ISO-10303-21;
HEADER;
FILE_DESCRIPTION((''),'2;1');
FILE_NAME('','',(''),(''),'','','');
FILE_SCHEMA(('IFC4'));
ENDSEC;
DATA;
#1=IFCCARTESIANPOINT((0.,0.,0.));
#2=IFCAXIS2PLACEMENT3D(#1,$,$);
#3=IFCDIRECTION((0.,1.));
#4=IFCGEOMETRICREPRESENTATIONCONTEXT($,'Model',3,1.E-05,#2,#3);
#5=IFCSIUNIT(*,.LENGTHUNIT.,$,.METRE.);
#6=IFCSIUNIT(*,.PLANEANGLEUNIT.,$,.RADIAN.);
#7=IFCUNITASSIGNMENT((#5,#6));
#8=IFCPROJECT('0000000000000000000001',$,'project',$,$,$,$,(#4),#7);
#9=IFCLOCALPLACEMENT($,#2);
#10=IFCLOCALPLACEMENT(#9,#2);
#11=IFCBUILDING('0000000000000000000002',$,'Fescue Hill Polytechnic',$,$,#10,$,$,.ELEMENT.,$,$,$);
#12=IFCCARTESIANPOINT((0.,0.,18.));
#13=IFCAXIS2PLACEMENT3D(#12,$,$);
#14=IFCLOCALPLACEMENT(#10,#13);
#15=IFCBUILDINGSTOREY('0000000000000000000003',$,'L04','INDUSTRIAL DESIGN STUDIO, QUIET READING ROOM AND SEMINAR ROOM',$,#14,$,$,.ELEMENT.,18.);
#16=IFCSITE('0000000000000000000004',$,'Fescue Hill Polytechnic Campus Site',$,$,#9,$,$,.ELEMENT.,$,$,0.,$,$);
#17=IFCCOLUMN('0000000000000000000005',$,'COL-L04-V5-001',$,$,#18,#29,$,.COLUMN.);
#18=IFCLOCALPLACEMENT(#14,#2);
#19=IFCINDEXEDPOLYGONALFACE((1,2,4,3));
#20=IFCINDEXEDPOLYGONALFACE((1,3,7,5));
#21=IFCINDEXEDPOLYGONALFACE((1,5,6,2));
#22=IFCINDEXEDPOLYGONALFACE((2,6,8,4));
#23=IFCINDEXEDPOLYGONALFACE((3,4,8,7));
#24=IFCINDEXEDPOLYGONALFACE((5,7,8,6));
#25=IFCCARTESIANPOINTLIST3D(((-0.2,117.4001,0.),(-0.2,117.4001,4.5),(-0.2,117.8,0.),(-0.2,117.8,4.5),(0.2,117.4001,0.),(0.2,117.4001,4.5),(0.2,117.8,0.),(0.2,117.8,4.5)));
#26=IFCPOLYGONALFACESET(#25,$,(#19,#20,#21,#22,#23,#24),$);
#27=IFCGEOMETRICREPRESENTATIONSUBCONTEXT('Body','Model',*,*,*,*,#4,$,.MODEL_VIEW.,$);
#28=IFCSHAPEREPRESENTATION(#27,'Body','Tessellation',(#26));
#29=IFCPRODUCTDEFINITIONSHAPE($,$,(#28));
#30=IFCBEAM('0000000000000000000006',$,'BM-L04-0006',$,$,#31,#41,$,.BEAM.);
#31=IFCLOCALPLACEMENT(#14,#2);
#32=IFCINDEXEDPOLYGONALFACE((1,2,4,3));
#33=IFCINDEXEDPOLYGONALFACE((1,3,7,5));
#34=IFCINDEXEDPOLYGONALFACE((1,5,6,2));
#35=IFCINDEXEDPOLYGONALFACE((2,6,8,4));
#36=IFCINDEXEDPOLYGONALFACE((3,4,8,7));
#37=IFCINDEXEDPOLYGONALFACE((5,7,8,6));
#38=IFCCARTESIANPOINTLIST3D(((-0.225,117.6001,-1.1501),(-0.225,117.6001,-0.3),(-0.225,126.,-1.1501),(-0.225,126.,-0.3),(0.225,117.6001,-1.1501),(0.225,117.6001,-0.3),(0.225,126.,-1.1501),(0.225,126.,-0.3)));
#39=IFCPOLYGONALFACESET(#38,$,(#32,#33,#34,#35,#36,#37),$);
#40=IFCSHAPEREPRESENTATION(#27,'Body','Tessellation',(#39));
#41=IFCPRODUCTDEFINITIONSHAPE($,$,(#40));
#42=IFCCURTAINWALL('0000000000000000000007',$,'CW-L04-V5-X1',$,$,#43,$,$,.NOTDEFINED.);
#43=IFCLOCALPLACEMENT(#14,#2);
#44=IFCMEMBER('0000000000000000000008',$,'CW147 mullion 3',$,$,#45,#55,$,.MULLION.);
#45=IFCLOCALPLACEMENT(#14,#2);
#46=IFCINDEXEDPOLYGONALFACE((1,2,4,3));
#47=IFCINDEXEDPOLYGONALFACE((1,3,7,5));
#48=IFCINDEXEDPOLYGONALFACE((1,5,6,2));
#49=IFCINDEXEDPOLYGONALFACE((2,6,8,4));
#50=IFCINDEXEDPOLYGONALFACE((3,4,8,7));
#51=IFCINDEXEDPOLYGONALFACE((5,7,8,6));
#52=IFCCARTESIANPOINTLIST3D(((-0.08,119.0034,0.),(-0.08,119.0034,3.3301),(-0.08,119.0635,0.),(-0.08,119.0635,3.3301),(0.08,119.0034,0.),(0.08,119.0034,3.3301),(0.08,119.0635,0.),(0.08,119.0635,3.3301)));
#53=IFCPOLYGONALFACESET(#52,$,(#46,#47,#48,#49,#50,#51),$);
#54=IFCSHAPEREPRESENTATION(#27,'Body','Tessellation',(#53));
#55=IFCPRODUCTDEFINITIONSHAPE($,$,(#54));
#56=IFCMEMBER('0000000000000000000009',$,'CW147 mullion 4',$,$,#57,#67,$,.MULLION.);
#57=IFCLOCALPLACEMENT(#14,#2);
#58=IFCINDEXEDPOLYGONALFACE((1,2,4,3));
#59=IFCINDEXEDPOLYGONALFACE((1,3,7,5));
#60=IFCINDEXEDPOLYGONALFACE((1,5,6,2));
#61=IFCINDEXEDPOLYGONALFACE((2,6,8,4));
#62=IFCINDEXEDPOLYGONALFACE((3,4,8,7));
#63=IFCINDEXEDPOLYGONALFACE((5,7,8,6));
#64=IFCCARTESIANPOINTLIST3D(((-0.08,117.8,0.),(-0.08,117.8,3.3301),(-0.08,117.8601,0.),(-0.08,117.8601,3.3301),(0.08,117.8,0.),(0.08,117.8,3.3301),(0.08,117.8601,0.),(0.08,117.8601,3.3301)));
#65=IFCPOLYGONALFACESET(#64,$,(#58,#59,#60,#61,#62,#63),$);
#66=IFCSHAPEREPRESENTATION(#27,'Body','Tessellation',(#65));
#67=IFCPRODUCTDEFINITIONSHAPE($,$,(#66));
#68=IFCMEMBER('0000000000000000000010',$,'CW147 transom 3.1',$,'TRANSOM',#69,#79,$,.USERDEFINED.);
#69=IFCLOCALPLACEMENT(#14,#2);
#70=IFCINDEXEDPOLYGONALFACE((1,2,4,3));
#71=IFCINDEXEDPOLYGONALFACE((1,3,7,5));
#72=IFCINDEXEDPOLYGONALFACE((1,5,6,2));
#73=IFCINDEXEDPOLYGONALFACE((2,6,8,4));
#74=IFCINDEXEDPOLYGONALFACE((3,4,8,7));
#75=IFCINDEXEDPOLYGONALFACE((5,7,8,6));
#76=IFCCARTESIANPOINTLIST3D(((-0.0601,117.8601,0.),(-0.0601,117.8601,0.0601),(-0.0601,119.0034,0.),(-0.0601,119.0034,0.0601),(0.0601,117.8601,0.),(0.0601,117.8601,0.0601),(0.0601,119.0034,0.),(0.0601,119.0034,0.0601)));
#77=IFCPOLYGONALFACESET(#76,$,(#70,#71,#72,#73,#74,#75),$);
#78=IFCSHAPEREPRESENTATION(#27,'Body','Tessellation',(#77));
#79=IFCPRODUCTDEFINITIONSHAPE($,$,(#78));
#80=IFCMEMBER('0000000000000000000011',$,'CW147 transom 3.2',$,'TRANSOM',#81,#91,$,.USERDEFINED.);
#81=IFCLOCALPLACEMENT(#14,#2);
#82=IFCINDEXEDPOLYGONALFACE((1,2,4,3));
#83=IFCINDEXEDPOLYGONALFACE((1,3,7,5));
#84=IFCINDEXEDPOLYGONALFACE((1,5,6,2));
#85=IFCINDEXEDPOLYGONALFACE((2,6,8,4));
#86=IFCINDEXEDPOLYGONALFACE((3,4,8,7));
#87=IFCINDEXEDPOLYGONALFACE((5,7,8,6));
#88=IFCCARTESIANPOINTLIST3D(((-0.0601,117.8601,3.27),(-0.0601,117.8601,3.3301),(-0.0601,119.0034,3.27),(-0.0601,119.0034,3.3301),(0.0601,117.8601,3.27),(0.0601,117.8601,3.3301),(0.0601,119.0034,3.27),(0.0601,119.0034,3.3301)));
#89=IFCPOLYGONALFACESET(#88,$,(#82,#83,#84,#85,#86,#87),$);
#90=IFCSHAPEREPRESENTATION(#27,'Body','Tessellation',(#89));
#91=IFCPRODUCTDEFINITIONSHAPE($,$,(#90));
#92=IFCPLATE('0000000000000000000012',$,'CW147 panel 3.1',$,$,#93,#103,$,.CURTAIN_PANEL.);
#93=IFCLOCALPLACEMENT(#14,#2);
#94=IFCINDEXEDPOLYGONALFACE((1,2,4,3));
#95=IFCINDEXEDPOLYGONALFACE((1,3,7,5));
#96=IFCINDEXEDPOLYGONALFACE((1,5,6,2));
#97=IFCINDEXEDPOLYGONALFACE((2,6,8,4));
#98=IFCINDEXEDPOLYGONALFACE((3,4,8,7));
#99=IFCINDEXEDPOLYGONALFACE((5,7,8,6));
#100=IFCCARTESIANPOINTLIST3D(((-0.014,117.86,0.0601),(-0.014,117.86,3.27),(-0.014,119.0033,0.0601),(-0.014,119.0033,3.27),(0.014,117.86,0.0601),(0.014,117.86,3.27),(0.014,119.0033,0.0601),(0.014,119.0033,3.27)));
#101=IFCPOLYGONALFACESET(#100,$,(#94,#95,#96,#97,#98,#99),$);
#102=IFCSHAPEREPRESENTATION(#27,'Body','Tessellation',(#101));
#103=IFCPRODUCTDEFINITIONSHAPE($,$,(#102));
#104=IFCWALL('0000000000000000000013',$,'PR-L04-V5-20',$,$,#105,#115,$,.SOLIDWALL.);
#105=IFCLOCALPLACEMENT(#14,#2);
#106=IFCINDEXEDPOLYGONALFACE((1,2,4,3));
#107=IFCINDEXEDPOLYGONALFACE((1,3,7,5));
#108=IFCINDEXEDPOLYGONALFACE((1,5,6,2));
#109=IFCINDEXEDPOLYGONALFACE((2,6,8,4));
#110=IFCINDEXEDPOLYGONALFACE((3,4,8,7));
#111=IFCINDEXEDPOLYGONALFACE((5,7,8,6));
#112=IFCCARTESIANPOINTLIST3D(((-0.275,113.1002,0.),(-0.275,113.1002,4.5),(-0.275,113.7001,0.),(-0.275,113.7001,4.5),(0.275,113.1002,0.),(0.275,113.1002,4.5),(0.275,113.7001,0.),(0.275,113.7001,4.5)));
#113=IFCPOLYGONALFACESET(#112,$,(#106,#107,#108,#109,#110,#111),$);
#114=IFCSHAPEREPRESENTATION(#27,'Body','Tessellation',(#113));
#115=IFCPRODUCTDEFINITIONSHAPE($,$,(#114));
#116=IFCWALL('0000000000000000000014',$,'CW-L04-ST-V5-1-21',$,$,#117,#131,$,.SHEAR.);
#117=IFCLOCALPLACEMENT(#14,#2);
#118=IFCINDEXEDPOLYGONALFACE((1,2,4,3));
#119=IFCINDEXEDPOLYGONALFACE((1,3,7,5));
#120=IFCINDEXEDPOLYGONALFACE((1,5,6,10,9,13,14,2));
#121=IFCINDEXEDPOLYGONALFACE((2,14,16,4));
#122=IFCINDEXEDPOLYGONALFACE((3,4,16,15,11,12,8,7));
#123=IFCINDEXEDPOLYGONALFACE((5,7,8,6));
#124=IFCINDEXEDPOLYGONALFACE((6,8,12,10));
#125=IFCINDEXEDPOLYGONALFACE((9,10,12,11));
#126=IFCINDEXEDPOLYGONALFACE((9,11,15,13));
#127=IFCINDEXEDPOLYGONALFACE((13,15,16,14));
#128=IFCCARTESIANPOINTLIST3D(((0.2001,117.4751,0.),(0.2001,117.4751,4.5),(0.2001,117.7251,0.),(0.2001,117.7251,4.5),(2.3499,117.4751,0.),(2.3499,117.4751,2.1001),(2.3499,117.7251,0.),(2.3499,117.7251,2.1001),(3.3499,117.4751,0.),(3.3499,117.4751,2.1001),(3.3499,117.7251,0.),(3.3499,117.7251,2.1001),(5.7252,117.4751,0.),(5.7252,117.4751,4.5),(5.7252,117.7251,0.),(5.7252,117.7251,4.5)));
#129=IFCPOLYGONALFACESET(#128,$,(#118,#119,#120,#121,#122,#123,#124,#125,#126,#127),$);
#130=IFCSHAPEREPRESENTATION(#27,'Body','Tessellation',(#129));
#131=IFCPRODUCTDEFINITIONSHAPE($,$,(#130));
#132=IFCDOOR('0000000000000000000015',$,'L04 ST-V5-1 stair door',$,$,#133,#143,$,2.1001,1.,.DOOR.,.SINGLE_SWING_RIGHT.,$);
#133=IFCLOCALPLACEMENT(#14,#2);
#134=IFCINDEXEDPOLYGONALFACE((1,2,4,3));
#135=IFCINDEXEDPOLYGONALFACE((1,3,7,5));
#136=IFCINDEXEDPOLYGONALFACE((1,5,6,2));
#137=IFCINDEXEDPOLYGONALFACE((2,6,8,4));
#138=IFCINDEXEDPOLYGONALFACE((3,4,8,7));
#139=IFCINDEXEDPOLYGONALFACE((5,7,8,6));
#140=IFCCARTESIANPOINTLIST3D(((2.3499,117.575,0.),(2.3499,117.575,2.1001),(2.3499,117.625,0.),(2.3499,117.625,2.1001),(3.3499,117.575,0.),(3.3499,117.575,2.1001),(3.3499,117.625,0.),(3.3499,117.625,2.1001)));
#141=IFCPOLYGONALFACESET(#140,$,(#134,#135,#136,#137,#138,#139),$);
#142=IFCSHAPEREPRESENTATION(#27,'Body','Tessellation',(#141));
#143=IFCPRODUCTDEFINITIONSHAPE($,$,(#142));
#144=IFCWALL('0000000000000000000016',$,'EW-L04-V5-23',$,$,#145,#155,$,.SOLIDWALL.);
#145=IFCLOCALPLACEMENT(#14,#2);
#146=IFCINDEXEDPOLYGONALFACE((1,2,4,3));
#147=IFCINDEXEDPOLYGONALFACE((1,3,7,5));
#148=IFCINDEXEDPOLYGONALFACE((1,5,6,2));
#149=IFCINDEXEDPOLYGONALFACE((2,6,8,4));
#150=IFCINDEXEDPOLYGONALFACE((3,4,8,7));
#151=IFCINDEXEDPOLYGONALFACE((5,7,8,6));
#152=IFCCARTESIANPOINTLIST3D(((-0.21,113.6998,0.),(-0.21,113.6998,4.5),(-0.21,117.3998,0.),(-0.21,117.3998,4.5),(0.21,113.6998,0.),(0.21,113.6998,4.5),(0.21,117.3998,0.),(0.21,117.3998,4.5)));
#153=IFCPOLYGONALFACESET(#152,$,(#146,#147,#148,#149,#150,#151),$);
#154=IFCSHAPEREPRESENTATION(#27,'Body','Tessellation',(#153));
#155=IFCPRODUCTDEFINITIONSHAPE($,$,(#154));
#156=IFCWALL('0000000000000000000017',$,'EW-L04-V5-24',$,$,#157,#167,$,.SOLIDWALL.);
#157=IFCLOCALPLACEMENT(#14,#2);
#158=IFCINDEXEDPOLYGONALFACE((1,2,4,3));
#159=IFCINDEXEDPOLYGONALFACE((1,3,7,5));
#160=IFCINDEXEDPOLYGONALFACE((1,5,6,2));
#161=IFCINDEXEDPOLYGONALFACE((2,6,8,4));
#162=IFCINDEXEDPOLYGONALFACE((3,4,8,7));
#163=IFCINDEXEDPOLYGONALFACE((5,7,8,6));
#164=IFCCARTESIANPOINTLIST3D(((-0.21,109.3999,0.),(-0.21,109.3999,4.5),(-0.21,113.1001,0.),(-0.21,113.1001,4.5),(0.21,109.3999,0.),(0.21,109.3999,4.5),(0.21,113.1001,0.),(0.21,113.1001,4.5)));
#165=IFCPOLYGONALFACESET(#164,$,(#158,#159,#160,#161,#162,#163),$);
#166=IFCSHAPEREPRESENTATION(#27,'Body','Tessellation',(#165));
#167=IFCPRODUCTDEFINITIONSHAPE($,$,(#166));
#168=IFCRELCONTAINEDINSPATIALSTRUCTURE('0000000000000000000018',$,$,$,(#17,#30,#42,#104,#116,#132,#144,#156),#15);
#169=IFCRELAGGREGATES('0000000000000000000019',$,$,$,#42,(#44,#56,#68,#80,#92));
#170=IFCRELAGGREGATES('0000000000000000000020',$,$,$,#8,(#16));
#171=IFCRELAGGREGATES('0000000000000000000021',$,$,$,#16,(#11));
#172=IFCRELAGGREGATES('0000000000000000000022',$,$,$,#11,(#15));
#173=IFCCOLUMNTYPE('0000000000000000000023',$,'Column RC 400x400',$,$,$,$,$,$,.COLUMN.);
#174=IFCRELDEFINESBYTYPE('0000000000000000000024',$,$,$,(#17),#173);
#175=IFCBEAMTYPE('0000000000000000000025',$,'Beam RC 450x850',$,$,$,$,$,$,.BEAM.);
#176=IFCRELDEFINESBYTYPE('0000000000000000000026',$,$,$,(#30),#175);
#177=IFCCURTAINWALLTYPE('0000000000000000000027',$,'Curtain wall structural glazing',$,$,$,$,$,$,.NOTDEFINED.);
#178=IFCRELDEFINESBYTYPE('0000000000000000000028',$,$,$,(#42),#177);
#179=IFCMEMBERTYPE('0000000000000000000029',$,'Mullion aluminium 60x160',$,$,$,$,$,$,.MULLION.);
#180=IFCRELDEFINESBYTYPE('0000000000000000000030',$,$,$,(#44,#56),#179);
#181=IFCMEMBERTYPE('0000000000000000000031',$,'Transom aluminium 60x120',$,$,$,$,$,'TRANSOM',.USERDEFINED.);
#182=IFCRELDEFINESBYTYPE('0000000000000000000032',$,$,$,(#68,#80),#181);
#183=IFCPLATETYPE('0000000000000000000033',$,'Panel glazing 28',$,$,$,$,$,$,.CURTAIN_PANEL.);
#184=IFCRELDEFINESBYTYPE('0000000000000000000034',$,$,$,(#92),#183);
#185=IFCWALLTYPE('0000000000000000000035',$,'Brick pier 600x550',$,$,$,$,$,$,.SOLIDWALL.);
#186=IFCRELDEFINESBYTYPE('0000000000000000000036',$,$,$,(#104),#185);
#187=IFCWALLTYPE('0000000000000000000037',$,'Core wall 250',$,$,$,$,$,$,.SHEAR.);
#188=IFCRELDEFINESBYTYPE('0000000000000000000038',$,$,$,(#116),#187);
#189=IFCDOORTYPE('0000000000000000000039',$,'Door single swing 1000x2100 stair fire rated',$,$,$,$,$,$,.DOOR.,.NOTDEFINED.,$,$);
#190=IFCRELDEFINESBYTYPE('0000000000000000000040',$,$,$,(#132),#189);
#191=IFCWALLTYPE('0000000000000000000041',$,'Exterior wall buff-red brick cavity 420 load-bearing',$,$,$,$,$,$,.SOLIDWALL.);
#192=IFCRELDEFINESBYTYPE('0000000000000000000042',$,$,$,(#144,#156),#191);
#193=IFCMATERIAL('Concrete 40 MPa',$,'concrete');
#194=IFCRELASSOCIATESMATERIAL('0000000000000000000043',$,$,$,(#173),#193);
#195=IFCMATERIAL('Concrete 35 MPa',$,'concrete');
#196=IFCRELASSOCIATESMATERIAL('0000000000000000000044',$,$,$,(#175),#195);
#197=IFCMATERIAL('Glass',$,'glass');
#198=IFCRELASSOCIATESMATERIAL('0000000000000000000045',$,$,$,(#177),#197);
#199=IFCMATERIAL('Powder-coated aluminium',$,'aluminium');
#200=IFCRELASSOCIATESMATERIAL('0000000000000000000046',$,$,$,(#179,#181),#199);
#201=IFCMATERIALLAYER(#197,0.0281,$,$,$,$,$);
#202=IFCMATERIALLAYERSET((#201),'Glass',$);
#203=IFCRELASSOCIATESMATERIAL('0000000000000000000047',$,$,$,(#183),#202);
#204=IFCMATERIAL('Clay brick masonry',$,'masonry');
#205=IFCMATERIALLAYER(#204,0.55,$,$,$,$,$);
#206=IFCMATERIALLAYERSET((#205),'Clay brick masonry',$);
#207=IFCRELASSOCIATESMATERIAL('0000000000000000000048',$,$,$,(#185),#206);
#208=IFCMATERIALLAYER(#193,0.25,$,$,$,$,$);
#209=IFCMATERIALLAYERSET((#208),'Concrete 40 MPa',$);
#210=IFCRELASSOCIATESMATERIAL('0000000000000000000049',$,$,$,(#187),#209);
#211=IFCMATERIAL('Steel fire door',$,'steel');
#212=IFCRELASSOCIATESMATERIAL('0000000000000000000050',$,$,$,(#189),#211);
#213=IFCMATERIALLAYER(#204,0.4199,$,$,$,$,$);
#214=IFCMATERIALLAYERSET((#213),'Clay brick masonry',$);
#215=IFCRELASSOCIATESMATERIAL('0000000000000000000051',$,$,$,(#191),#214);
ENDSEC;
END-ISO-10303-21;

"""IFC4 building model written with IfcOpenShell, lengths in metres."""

from ifc_helpers import new_model, si_unit, direction, frame, frame_2d, origin, origin_2d, place, context, subcontext, project, spatial, rectangle, extrude, material, layer, layer_set, material_profile, profile_set, type_object, element, fill, aggregate, save


model = new_model("IFC4")

# Units and contexts
model_context = context("Model", 3, precision=1e-05, world=origin(), true_north=direction((0.0, 1.0)))
body_context = subcontext(model_context, "Body", "Model", "MODEL_VIEW")
ifc_project = project(units=[si_unit("LENGTHUNIT", "METRE"), si_unit("PLANEANGLEUNIT", "RADIAN")], contexts=[model_context])

# Site, building, storey
site_placement = place(None, origin())
site = spatial("IfcSite", under=ifc_project, at=site_placement, Name="Fescue Hill Polytechnic Campus Site", CompositionType="ELEMENT", RefElevation=0.0)
building_placement = place(site_placement, origin())
building = spatial("IfcBuilding", under=site, at=building_placement, Name="Fescue Hill Polytechnic", CompositionType="ELEMENT")
storey_placement = place(building_placement, frame((0.0, 0.0, 18.0)))
storey = spatial("IfcBuildingStorey", under=building, at=storey_placement, Name="L04", Description="INDUSTRIAL DESIGN STUDIO, QUIET READING ROOM AND SEMINAR ROOM", CompositionType="ELEMENT", Elevation=18.0)

# Column
ifc_material_1 = material(Name="Concrete 40 MPa", Category="concrete")
ifc_material_profile_1 = material_profile(ifc_material_1, rectangle(XDim=0.3999, YDim=0.3999, at=origin_2d()), Name="RC 400x400")
ifc_profile_set_1 = profile_set([ifc_material_profile_1], Name="Concrete 40 MPa")
column_type = type_object("IfcColumnType", Name="Column RC 400x400", PredefinedType="COLUMN", material=ifc_profile_set_1)
column_placement = place(storey_placement, frame((0.0, 117.6001, 0.0), z_axis=(0.0, 0.0, 1.0), x_axis=(1.0, 0.0, 0.0)))
element("IfcColumn", 1, at=column_placement, inside=storey, type_object=column_type, Name="COL-L04-V5-001", PredefinedType="COLUMN", context=body_context, shape_type="SweptSolid", body=[
    extrude(rectangle(XDim=0.3999, YDim=0.3999, at=origin_2d()), origin(), (0.0, 0.0, 1.0), 4.5),
])

# Beam
ifc_material_2 = material(Name="Concrete 35 MPa", Category="concrete")
ifc_material_profile_2 = material_profile(ifc_material_2, rectangle(XDim=0.45, YDim=0.8501, at=origin_2d()), Name="RC 450x850")
ifc_profile_set_2 = profile_set([ifc_material_profile_2], Name="Concrete 35 MPa")
beam_type = type_object("IfcBeamType", Name="Beam RC 450x850", PredefinedType="BEAM", material=ifc_profile_set_2)
beam_placement = place(storey_placement, frame((0.0, 117.6001, -0.7251), z_axis=(0.0, 1.0, 0.0), x_axis=(-1.0, 0.0, 0.0)))
element("IfcBeam", 2, at=beam_placement, inside=storey, type_object=beam_type, Name="BM-L04-0006", PredefinedType="BEAM", context=body_context, shape_type="SweptSolid", body=[
    extrude(rectangle(XDim=0.45, YDim=0.8501, at=origin_2d()), origin(), (0.0, 0.0, 1.0), 8.3999),
])

# Curtain wall, members, plate
ifc_material_3 = material(Name="Glass", Category="glass")
curtain_wall_type = type_object("IfcCurtainWallType", Name="Curtain wall structural glazing", PredefinedType="NOTDEFINED", material=ifc_material_3)
curtain_wall_placement = place(storey_placement, origin())
curtain_wall = element("IfcCurtainWall", 3, at=curtain_wall_placement, inside=storey, type_object=curtain_wall_type, Name="CW-L04-V5-X1", PredefinedType="NOTDEFINED")
ifc_material_4 = material(Name="Powder-coated aluminium", Category="aluminium")
ifc_material_profile_3 = material_profile(ifc_material_4, rectangle(XDim=0.1599, YDim=0.0601, at=origin_2d()), Name="Mullion aluminium 60x160")
ifc_profile_set_3 = profile_set([ifc_material_profile_3], Name="Powder-coated aluminium")
member_type_1 = type_object("IfcMemberType", Name="Mullion aluminium 60x160", PredefinedType="MULLION", material=ifc_profile_set_3)
member_1_placement = place(storey_placement, frame((0.0, 119.0334, 0.0), z_axis=(0.0, 0.0, 1.0), x_axis=(1.0, 0.0, 0.0)))
member_1 = element("IfcMember", 4, at=member_1_placement, type_object=member_type_1, Name="CW147 mullion 3", PredefinedType="MULLION", context=body_context, shape_type="SweptSolid", body=[
    extrude(rectangle(XDim=0.1599, YDim=0.0601, at=origin_2d()), origin(), (0.0, 0.0, 1.0), 3.3301),
])
member_2_placement = place(storey_placement, frame((0.0, 117.8301, 0.0), z_axis=(0.0, 0.0, 1.0), x_axis=(1.0, 0.0, 0.0)))
member_2 = element("IfcMember", 5, at=member_2_placement, type_object=member_type_1, Name="CW147 mullion 4", PredefinedType="MULLION", context=body_context, shape_type="SweptSolid", body=[
    extrude(rectangle(XDim=0.1599, YDim=0.0601, at=origin_2d()), origin(), (0.0, 0.0, 1.0), 3.3301),
])
ifc_material_profile_4 = material_profile(ifc_material_4, rectangle(XDim=0.1201, YDim=0.0601, at=origin_2d()), Name="Transom aluminium 60x120")
ifc_profile_set_4 = profile_set([ifc_material_profile_4], Name="Powder-coated aluminium")
member_type_2 = type_object("IfcMemberType", Name="Transom aluminium 60x120", ElementType="TRANSOM", PredefinedType="USERDEFINED", material=ifc_profile_set_4)
member_3_placement = place(storey_placement, frame((0.0, 119.0034, 0.03), z_axis=(0.0, -1.0, 0.0), x_axis=(1.0, 0.0, 0.0)))
member_3 = element("IfcMember", 6, at=member_3_placement, type_object=member_type_2, Name="CW147 transom 3.1", ObjectType="TRANSOM", PredefinedType="USERDEFINED", context=body_context, shape_type="SweptSolid", body=[
    extrude(rectangle(XDim=0.1201, YDim=0.0601, at=origin_2d()), origin(), (0.0, 0.0, 1.0), 1.1433),
])
member_4_placement = place(storey_placement, frame((0.0, 119.0034, 3.3), z_axis=(0.0, -1.0, 0.0), x_axis=(1.0, 0.0, 0.0)))
member_4 = element("IfcMember", 7, at=member_4_placement, type_object=member_type_2, Name="CW147 transom 3.2", ObjectType="TRANSOM", PredefinedType="USERDEFINED", context=body_context, shape_type="SweptSolid", body=[
    extrude(rectangle(XDim=0.1201, YDim=0.0601, at=origin_2d()), origin(), (0.0, 0.0, 1.0), 1.1433),
])
ifc_layer_1 = layer(ifc_material_3, 0.0281)
ifc_layer_set_1 = layer_set([ifc_layer_1], Name="Glass")
plate_type = type_object("IfcPlateType", Name="Panel glazing 28", PredefinedType="CURTAIN_PANEL", material=ifc_layer_set_1)
plate_placement = place(storey_placement, frame((0.0, 118.4316, 0.0601), z_axis=(0.0, 0.0, 1.0), x_axis=(0.0, -1.0, 0.0)))
plate = element("IfcPlate", 8, at=plate_placement, type_object=plate_type, Name="CW147 panel 3.1", PredefinedType="CURTAIN_PANEL", context=body_context, shape_type="SweptSolid", body=[
    extrude(rectangle(XDim=1.1433, YDim=0.0281, at=origin_2d()), origin(), (0.0, 0.0, 1.0), 3.21),
])
aggregate(curtain_wall, [member_1, member_2, member_3, member_4, plate])

# Wall
ifc_material_5 = material(Name="Clay brick masonry", Category="masonry")
ifc_layer_2 = layer(ifc_material_5, 0.55)
ifc_layer_set_2 = layer_set([ifc_layer_2], Name="Clay brick masonry")
wall_type_1 = type_object("IfcWallType", Name="Brick pier 600x550", PredefinedType="SOLIDWALL", material=ifc_layer_set_2)
wall_1_placement = place(storey_placement, frame((0.0, 113.7, 0.0), z_axis=(0.0, 0.0, 1.0), x_axis=(0.0, -1.0, 0.0)))
element("IfcWall", 9, at=wall_1_placement, inside=storey, type_object=wall_type_1, Name="PR-L04-V5-20", PredefinedType="SOLIDWALL", context=body_context, shape_type="SweptSolid", body=[
    extrude(rectangle(XDim=0.5999, YDim=0.55, at=frame_2d((0.2998, 0.0))), origin(), (0.0, 0.0, 1.0), 4.5),
])

# Wall, opening, door
ifc_layer_3 = layer(ifc_material_1, 0.25)
ifc_layer_set_3 = layer_set([ifc_layer_3], Name="Concrete 40 MPa")
wall_type_2 = type_object("IfcWallType", Name="Core wall 250", PredefinedType="SHEAR", material=ifc_layer_set_3)
wall_2_placement = place(storey_placement, frame((0.2, 117.6001, 0.0), z_axis=(0.0, 0.0, 1.0), x_axis=(1.0, 0.0, 0.0)))
wall_2 = element("IfcWall", 10, at=wall_2_placement, inside=storey, type_object=wall_type_2, Name="CW-L04-ST-V5-1-21", PredefinedType="SHEAR", context=body_context, shape_type="SweptSolid", body=[
    extrude(rectangle(XDim=5.5251, YDim=0.25, at=frame_2d((2.7627, 0.0))), origin(), (0.0, 0.0, 1.0), 4.5),
])
opening_placement = place(wall_2_placement, frame((2.1499, 0.0, 0.0)))
opening = element("IfcOpeningElement", 11, at=opening_placement, cuts=wall_2, PredefinedType="OPENING", context=body_context, shape_type="SweptSolid", body=[
    extrude(rectangle(XDim=1.0, YDim=2.1001, at=frame_2d((0.5, 1.05))), frame((0.0, 0.135, 0.0), z_axis=(0.0, -1.0, 0.0), x_axis=(1.0, 0.0, 0.0)), (0.0, 0.0, 1.0), 0.27),
])
ifc_material_6 = material(Name="Steel fire door", Category="steel")
door_type = type_object("IfcDoorType", Name="Door single swing 1000x2100 stair fire rated", OperationType="NOTDEFINED", PredefinedType="DOOR", material=ifc_material_6)
door_placement = place(opening_placement, origin())
door = element("IfcDoor", 12, at=door_placement, inside=storey, type_object=door_type, Name="L04 ST-V5-1 stair door", OperationType="SINGLE_SWING_RIGHT", OverallHeight=2.1001, OverallWidth=1.0, PredefinedType="DOOR", context=body_context, shape_type="SweptSolid", body=[
    extrude(rectangle(XDim=1.0, YDim=2.1001, at=frame_2d((0.5, 1.05))), frame((0.0, 0.0249, 0.0), z_axis=(0.0, -1.0, 0.0), x_axis=(1.0, 0.0, 0.0)), (0.0, 0.0, 1.0), 0.05),
])
fill(opening, door)

# Walls
ifc_layer_4 = layer(ifc_material_5, 0.4199)
ifc_layer_set_4 = layer_set([ifc_layer_4], Name="Clay brick masonry")
wall_type_3 = type_object("IfcWallType", Name="Exterior wall buff-red brick cavity 420 load-bearing", PredefinedType="SOLIDWALL", material=ifc_layer_set_4)
wall_3_placement = place(storey_placement, frame((0.0, 117.3999, 0.0), z_axis=(0.0, 0.0, 1.0), x_axis=(0.0, -1.0, 0.0)))
element("IfcWall", 13, at=wall_3_placement, inside=storey, type_object=wall_type_3, Name="EW-L04-V5-23", PredefinedType="SOLIDWALL", context=body_context, shape_type="SweptSolid", body=[
    extrude(rectangle(XDim=3.7, YDim=0.4199, at=frame_2d((1.8501, 0.0))), origin(), (0.0, 0.0, 1.0), 4.5),
])
wall_4_placement = place(storey_placement, frame((0.0, 113.1001, 0.0), z_axis=(0.0, 0.0, 1.0), x_axis=(0.0, -1.0, 0.0)))
element("IfcWall", 14, at=wall_4_placement, inside=storey, type_object=wall_type_3, Name="EW-L04-V5-24", PredefinedType="SOLIDWALL", context=body_context, shape_type="SweptSolid", body=[
    extrude(rectangle(XDim=3.7002, YDim=0.4199, at=frame_2d((1.8501, 0.0))), origin(), (0.0, 0.0, 1.0), 4.5),
])

save(model, "model.ifc")
